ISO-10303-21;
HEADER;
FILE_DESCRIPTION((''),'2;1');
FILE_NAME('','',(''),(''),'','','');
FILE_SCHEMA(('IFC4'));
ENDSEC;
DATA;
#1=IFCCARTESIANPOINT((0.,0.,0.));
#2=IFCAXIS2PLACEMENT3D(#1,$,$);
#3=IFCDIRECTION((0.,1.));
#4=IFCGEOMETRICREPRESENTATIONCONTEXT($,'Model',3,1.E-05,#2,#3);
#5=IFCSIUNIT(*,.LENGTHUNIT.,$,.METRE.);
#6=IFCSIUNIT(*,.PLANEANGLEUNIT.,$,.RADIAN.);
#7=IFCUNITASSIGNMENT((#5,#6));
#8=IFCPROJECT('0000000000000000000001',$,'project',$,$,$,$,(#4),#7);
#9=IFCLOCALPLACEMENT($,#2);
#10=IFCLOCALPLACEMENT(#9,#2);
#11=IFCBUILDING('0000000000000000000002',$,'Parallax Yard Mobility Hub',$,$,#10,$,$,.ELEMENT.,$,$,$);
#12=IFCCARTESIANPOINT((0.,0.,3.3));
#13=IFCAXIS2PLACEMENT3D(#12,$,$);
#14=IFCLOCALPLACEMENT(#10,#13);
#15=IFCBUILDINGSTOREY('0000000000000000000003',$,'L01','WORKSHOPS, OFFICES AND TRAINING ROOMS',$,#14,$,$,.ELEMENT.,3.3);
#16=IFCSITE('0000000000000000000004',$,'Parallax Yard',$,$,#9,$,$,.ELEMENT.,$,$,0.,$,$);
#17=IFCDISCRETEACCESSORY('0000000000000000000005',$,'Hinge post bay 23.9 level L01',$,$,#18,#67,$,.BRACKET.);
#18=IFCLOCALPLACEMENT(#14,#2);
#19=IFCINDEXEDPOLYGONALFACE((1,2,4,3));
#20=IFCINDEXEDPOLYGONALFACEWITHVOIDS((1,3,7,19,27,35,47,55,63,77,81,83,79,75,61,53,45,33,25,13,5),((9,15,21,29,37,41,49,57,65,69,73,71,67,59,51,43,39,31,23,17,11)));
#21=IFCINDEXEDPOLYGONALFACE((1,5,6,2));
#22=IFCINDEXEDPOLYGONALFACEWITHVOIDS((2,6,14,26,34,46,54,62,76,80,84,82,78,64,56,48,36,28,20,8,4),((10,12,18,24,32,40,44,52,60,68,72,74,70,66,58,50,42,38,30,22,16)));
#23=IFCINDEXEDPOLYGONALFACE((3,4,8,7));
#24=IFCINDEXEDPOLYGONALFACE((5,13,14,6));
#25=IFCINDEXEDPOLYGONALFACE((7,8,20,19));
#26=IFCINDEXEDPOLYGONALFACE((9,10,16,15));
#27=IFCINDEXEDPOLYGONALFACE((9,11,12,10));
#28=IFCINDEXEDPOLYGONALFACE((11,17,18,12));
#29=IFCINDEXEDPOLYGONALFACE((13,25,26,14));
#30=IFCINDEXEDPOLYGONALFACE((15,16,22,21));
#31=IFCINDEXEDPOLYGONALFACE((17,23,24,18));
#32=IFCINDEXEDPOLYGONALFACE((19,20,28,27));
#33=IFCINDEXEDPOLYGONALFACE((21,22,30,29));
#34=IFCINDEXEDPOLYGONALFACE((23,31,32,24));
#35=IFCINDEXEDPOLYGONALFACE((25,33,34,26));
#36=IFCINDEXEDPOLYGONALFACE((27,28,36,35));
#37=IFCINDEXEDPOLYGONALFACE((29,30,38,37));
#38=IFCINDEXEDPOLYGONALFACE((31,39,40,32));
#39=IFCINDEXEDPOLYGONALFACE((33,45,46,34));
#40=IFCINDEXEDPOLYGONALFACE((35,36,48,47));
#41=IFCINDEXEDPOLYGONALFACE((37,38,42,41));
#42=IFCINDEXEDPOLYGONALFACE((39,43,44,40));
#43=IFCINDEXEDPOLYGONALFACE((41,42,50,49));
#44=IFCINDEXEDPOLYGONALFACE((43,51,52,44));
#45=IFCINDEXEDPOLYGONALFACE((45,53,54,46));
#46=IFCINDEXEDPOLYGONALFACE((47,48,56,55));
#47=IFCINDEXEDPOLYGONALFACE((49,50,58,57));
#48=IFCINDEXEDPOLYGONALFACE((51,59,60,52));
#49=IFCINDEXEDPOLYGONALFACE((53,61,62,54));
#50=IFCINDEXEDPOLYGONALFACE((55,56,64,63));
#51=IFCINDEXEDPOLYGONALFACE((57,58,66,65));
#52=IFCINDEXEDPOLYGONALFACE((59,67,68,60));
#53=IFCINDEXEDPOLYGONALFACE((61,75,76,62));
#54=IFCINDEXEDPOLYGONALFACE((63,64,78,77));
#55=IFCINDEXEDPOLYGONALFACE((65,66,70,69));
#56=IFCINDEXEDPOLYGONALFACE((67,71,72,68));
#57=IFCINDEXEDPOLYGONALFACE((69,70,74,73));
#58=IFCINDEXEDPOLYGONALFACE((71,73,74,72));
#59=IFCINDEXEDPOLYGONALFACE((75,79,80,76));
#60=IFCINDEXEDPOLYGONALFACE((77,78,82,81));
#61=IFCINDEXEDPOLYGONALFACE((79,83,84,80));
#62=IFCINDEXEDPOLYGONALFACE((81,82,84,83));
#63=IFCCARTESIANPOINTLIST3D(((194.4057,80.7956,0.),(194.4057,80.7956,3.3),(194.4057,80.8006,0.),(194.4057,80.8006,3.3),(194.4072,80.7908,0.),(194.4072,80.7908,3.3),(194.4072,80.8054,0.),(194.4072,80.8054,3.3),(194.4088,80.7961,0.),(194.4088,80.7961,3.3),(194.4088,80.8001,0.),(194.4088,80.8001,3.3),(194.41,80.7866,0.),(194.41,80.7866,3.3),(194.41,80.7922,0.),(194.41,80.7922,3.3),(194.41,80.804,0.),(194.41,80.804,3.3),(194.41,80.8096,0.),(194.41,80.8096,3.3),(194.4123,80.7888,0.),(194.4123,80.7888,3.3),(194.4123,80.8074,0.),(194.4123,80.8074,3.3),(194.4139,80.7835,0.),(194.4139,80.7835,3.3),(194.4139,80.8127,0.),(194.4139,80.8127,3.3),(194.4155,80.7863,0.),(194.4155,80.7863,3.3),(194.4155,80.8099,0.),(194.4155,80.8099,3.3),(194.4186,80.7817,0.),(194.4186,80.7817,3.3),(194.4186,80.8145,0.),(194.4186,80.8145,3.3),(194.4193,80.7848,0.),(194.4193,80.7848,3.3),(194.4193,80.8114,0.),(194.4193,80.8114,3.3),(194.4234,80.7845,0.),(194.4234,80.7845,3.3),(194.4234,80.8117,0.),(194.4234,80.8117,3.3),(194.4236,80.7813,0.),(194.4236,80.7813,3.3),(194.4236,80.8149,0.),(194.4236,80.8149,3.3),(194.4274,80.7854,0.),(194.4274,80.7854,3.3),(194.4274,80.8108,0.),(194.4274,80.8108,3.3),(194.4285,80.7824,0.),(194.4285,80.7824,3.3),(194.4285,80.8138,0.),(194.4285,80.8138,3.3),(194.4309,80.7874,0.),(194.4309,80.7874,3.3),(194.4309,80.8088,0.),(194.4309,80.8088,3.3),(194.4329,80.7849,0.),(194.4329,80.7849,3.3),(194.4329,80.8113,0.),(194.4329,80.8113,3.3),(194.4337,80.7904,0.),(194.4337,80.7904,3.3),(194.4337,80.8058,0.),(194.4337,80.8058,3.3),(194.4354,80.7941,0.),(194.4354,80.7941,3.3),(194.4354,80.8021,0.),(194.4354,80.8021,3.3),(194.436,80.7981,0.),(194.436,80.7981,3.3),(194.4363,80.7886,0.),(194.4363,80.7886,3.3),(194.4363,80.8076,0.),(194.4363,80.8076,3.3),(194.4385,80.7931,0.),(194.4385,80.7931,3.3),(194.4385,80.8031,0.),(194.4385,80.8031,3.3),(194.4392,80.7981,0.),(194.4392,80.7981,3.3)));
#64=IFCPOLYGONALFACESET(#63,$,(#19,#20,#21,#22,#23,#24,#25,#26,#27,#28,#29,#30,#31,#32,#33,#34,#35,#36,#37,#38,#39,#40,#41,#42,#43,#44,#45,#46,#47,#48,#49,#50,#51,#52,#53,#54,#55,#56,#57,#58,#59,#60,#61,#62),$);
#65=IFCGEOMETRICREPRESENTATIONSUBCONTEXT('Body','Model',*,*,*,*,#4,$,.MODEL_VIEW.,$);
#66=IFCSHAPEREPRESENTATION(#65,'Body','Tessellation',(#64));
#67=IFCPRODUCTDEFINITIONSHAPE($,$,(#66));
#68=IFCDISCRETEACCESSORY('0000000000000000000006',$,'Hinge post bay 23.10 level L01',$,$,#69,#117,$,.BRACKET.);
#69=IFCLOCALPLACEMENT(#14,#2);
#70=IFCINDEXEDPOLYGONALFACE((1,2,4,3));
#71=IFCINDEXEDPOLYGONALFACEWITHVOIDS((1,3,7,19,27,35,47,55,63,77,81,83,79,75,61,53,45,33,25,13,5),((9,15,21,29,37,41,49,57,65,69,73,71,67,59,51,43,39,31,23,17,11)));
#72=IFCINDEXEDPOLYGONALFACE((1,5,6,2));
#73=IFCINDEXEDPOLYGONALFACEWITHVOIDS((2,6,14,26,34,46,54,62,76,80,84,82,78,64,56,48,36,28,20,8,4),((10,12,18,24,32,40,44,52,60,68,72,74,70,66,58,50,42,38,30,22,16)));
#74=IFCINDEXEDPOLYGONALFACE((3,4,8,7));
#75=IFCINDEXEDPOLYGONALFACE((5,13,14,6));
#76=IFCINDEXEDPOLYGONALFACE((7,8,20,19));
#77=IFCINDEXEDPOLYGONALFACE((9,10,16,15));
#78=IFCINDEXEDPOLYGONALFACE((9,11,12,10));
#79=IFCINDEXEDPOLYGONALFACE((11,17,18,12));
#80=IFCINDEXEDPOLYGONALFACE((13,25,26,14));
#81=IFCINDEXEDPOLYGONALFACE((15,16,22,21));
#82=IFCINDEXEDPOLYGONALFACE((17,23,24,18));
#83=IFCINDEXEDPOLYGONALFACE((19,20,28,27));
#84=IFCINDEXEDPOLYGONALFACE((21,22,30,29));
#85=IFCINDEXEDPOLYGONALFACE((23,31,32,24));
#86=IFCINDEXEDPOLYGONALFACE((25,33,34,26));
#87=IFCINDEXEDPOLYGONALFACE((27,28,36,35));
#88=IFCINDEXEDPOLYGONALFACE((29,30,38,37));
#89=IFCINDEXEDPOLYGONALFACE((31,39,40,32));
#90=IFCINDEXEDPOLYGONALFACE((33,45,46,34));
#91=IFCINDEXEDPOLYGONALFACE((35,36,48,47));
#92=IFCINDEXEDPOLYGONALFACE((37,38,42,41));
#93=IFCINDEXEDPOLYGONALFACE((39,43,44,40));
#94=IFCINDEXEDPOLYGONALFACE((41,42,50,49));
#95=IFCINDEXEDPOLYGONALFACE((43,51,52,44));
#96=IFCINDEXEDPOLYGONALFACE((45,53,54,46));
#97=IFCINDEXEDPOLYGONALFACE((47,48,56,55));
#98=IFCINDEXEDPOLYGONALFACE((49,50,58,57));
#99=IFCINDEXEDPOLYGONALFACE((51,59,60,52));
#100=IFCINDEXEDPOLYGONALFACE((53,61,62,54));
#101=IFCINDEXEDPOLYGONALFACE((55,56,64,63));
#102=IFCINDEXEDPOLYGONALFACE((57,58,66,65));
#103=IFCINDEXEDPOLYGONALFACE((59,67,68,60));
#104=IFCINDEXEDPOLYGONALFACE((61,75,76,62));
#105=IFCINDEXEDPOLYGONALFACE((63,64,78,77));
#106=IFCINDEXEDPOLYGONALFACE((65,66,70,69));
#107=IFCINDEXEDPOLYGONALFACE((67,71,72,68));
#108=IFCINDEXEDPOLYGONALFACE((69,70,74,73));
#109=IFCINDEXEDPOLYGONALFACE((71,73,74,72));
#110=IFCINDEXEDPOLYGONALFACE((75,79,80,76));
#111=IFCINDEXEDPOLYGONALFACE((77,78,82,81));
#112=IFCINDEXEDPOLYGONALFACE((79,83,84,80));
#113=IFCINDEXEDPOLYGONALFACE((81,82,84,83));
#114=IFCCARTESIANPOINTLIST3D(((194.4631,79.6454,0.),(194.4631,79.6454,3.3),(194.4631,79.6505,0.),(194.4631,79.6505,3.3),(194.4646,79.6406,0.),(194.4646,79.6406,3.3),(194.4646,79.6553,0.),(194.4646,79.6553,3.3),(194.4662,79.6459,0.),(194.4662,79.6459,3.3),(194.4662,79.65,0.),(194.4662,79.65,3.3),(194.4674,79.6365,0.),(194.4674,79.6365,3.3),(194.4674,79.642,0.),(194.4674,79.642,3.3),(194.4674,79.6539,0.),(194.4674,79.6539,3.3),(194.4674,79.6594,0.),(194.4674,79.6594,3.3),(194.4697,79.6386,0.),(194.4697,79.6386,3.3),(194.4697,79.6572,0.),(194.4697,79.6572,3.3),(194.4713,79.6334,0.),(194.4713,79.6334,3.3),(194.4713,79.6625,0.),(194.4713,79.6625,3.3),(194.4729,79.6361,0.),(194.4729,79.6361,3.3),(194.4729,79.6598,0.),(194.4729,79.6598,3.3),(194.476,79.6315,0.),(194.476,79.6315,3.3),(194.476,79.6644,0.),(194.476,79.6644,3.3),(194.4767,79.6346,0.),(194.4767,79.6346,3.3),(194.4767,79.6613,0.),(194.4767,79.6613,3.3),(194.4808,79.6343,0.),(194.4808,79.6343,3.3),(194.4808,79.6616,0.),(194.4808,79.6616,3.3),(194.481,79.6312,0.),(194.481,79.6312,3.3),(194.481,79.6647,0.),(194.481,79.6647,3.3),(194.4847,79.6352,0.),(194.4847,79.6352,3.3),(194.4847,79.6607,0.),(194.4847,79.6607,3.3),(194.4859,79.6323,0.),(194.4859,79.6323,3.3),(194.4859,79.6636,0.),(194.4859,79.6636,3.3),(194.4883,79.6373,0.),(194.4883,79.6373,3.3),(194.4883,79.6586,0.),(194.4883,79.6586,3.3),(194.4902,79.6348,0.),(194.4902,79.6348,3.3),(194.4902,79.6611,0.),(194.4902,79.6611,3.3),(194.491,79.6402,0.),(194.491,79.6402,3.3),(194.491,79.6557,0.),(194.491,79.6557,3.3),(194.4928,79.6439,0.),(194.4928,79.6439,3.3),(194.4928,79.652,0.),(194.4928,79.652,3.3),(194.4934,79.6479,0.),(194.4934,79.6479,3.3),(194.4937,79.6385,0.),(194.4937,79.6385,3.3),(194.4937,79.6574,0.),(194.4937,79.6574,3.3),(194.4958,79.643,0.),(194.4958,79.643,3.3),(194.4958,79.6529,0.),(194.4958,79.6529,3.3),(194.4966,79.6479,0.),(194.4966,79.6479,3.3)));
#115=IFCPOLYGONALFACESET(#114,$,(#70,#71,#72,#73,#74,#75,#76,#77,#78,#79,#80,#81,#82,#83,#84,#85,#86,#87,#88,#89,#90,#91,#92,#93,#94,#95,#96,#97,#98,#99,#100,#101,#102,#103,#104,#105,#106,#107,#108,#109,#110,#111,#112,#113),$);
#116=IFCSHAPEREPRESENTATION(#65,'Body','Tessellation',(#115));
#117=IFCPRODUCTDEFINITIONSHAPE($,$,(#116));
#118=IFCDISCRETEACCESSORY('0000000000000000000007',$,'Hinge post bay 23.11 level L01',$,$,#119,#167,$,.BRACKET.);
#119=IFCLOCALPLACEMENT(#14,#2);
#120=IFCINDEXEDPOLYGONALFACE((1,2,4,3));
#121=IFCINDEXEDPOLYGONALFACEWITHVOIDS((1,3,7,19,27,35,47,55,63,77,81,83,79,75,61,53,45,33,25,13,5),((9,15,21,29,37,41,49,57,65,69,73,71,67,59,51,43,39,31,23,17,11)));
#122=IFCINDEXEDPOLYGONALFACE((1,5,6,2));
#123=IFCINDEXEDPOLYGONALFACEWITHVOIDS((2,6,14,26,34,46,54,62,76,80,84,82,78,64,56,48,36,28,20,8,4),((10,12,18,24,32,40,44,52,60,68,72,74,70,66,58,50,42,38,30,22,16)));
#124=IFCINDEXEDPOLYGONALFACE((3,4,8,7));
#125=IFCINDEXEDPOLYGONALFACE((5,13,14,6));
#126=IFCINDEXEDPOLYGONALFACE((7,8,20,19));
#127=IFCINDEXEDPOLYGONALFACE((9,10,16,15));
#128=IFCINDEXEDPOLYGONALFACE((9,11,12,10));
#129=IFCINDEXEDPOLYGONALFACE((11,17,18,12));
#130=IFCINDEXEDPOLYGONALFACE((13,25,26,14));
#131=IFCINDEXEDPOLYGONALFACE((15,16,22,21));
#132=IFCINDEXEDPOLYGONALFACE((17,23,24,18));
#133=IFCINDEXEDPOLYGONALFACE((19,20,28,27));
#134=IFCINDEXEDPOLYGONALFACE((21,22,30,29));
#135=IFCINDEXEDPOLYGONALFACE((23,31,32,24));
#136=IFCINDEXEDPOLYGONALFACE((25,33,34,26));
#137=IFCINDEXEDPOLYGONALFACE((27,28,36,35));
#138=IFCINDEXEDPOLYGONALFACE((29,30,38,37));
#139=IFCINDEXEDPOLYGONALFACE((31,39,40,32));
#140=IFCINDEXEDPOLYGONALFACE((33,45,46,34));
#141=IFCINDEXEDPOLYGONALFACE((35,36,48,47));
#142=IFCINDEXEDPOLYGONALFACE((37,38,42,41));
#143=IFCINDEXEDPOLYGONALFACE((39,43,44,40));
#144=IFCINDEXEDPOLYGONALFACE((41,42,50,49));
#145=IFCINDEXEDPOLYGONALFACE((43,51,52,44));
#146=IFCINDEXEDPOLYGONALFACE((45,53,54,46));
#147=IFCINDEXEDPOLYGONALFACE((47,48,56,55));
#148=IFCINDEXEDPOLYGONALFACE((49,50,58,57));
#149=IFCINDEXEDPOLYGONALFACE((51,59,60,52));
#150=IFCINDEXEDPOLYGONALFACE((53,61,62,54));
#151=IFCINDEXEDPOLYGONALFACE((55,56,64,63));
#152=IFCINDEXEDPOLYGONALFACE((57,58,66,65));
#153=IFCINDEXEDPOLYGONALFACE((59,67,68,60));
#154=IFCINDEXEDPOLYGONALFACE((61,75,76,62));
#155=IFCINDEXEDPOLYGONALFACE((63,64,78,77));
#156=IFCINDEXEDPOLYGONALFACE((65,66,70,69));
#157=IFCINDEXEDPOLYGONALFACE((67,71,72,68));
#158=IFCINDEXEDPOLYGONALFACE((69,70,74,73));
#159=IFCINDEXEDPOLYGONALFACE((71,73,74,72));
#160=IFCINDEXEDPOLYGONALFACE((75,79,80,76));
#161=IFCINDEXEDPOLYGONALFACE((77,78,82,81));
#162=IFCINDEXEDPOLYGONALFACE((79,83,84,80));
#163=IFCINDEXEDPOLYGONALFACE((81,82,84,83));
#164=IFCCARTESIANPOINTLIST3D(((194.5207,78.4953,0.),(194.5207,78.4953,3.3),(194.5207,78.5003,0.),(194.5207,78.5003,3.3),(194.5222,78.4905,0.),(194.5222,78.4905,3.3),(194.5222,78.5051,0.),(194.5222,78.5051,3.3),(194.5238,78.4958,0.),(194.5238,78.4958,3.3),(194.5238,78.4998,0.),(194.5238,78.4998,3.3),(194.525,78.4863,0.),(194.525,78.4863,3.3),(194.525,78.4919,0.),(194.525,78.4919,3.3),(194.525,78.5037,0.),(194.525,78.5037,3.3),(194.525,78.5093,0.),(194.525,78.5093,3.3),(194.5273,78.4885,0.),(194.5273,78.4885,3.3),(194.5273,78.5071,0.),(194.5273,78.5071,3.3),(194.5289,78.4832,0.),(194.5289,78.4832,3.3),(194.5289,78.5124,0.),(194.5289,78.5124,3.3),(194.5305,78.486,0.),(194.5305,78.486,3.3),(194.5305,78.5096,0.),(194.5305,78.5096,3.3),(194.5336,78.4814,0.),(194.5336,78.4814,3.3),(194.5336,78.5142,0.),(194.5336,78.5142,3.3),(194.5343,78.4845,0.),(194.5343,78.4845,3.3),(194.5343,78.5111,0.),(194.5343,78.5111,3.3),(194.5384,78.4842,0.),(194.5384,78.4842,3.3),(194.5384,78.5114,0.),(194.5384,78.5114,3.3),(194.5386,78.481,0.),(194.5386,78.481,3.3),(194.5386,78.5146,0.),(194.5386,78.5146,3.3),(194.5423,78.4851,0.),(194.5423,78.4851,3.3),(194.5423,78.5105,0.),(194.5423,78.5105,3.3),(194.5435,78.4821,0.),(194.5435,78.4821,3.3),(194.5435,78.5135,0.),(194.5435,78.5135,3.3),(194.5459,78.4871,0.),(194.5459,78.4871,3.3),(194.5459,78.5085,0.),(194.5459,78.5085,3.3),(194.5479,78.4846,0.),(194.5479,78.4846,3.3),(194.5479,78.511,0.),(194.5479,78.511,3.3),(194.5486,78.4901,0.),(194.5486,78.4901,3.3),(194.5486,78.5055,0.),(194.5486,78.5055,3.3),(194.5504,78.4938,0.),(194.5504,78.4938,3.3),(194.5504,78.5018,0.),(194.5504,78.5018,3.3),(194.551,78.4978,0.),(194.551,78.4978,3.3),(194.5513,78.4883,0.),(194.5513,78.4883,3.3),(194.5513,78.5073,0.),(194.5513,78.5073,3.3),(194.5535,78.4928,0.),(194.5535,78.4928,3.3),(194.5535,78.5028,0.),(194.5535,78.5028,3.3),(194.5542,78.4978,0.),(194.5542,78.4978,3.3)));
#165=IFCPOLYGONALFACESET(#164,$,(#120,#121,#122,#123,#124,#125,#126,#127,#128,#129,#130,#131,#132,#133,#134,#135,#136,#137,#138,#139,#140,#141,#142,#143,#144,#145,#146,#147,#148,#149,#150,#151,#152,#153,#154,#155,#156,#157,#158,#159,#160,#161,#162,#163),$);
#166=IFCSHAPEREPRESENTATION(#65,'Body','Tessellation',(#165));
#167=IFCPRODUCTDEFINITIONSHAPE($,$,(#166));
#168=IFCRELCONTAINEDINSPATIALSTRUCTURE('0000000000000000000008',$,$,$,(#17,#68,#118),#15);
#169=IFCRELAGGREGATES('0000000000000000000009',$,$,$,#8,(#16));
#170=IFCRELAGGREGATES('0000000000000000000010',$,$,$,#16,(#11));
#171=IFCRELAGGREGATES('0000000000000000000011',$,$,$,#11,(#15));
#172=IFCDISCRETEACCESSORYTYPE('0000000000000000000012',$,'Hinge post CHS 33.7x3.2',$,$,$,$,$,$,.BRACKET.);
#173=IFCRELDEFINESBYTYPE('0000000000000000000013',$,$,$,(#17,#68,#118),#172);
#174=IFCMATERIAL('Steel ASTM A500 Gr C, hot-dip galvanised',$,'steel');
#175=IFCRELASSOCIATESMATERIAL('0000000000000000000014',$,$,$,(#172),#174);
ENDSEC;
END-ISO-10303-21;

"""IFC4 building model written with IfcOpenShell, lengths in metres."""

from ifc_helpers import new_model, si_unit, direction, frame, origin, origin_2d, place, context, subcontext, project, spatial, hollow_circle, extrude, material, material_profile, profile_set, type_object, element, save


model = new_model("IFC4")

# Units and contexts
model_context = context("Model", 3, precision=1e-05, world=origin(), true_north=direction((0.0, 1.0)))
body_context = subcontext(model_context, "Body", "Model", "MODEL_VIEW")
ifc_project = project(units=[si_unit("LENGTHUNIT", "METRE"), si_unit("PLANEANGLEUNIT", "RADIAN")], contexts=[model_context])

# Site, building, storey
site_placement = place(None, origin())
site = spatial("IfcSite", under=ifc_project, at=site_placement, Name="Parallax Yard", CompositionType="ELEMENT", RefElevation=0.0)
building_placement = place(site_placement, origin())
building = spatial("IfcBuilding", under=site, at=building_placement, Name="Parallax Yard Mobility Hub", CompositionType="ELEMENT")
storey_placement = place(building_placement, frame((0.0, 0.0, 3.3)))
storey = spatial("IfcBuildingStorey", under=building, at=storey_placement, Name="L01", Description="WORKSHOPS, OFFICES AND TRAINING ROOMS", CompositionType="ELEMENT", Elevation=3.3)

# Discrete accessories
ifc_material_1 = material(Name="Steel ASTM A500 Gr C, hot-dip galvanised", Category="steel")
ifc_material_profile = material_profile(ifc_material_1, hollow_circle(Radius=0.0168, WallThickness=0.0032, at=origin_2d()), Name="CHS 33.7x3.2")
ifc_profile_set = profile_set([ifc_material_profile], Name="Steel ASTM A500 Gr C, hot-dip galvanised")
discrete_accessory_type_1 = type_object("IfcDiscreteAccessoryType", Name="Hinge post CHS 33.7x3.2", PredefinedType="BRACKET", material=ifc_profile_set)
for number, where, z_axis, x_axis, name in (
    (1, (194.4224, 80.7981, 0.0), (0.0, 0.0, 1.0), (1.0, 0.0, 0.0), "Hinge post bay 23.9 level L01"),
    (2, (194.4797, 79.6479, 0.0), (0.0, 0.0, 1.0), (1.0, 0.0, 0.0), "Hinge post bay 23.10 level L01"),
    (3, (194.5374, 78.4978, 0.0), (0.0, 0.0, 1.0), (1.0, 0.0, 0.0), "Hinge post bay 23.11 level L01"),
):
    element("IfcDiscreteAccessory", number, at=place(storey_placement, frame(where, z_axis=z_axis, x_axis=x_axis)), inside=storey, type_object=discrete_accessory_type_1, Name=name, PredefinedType="BRACKET", context=body_context, shape_type="SweptSolid", body=[
        extrude(hollow_circle(Radius=0.0168, WallThickness=0.0032, at=origin_2d()), origin(), (0.0, 0.0, 1.0), 3.3),
    ])

save(model, "model.ifc")
